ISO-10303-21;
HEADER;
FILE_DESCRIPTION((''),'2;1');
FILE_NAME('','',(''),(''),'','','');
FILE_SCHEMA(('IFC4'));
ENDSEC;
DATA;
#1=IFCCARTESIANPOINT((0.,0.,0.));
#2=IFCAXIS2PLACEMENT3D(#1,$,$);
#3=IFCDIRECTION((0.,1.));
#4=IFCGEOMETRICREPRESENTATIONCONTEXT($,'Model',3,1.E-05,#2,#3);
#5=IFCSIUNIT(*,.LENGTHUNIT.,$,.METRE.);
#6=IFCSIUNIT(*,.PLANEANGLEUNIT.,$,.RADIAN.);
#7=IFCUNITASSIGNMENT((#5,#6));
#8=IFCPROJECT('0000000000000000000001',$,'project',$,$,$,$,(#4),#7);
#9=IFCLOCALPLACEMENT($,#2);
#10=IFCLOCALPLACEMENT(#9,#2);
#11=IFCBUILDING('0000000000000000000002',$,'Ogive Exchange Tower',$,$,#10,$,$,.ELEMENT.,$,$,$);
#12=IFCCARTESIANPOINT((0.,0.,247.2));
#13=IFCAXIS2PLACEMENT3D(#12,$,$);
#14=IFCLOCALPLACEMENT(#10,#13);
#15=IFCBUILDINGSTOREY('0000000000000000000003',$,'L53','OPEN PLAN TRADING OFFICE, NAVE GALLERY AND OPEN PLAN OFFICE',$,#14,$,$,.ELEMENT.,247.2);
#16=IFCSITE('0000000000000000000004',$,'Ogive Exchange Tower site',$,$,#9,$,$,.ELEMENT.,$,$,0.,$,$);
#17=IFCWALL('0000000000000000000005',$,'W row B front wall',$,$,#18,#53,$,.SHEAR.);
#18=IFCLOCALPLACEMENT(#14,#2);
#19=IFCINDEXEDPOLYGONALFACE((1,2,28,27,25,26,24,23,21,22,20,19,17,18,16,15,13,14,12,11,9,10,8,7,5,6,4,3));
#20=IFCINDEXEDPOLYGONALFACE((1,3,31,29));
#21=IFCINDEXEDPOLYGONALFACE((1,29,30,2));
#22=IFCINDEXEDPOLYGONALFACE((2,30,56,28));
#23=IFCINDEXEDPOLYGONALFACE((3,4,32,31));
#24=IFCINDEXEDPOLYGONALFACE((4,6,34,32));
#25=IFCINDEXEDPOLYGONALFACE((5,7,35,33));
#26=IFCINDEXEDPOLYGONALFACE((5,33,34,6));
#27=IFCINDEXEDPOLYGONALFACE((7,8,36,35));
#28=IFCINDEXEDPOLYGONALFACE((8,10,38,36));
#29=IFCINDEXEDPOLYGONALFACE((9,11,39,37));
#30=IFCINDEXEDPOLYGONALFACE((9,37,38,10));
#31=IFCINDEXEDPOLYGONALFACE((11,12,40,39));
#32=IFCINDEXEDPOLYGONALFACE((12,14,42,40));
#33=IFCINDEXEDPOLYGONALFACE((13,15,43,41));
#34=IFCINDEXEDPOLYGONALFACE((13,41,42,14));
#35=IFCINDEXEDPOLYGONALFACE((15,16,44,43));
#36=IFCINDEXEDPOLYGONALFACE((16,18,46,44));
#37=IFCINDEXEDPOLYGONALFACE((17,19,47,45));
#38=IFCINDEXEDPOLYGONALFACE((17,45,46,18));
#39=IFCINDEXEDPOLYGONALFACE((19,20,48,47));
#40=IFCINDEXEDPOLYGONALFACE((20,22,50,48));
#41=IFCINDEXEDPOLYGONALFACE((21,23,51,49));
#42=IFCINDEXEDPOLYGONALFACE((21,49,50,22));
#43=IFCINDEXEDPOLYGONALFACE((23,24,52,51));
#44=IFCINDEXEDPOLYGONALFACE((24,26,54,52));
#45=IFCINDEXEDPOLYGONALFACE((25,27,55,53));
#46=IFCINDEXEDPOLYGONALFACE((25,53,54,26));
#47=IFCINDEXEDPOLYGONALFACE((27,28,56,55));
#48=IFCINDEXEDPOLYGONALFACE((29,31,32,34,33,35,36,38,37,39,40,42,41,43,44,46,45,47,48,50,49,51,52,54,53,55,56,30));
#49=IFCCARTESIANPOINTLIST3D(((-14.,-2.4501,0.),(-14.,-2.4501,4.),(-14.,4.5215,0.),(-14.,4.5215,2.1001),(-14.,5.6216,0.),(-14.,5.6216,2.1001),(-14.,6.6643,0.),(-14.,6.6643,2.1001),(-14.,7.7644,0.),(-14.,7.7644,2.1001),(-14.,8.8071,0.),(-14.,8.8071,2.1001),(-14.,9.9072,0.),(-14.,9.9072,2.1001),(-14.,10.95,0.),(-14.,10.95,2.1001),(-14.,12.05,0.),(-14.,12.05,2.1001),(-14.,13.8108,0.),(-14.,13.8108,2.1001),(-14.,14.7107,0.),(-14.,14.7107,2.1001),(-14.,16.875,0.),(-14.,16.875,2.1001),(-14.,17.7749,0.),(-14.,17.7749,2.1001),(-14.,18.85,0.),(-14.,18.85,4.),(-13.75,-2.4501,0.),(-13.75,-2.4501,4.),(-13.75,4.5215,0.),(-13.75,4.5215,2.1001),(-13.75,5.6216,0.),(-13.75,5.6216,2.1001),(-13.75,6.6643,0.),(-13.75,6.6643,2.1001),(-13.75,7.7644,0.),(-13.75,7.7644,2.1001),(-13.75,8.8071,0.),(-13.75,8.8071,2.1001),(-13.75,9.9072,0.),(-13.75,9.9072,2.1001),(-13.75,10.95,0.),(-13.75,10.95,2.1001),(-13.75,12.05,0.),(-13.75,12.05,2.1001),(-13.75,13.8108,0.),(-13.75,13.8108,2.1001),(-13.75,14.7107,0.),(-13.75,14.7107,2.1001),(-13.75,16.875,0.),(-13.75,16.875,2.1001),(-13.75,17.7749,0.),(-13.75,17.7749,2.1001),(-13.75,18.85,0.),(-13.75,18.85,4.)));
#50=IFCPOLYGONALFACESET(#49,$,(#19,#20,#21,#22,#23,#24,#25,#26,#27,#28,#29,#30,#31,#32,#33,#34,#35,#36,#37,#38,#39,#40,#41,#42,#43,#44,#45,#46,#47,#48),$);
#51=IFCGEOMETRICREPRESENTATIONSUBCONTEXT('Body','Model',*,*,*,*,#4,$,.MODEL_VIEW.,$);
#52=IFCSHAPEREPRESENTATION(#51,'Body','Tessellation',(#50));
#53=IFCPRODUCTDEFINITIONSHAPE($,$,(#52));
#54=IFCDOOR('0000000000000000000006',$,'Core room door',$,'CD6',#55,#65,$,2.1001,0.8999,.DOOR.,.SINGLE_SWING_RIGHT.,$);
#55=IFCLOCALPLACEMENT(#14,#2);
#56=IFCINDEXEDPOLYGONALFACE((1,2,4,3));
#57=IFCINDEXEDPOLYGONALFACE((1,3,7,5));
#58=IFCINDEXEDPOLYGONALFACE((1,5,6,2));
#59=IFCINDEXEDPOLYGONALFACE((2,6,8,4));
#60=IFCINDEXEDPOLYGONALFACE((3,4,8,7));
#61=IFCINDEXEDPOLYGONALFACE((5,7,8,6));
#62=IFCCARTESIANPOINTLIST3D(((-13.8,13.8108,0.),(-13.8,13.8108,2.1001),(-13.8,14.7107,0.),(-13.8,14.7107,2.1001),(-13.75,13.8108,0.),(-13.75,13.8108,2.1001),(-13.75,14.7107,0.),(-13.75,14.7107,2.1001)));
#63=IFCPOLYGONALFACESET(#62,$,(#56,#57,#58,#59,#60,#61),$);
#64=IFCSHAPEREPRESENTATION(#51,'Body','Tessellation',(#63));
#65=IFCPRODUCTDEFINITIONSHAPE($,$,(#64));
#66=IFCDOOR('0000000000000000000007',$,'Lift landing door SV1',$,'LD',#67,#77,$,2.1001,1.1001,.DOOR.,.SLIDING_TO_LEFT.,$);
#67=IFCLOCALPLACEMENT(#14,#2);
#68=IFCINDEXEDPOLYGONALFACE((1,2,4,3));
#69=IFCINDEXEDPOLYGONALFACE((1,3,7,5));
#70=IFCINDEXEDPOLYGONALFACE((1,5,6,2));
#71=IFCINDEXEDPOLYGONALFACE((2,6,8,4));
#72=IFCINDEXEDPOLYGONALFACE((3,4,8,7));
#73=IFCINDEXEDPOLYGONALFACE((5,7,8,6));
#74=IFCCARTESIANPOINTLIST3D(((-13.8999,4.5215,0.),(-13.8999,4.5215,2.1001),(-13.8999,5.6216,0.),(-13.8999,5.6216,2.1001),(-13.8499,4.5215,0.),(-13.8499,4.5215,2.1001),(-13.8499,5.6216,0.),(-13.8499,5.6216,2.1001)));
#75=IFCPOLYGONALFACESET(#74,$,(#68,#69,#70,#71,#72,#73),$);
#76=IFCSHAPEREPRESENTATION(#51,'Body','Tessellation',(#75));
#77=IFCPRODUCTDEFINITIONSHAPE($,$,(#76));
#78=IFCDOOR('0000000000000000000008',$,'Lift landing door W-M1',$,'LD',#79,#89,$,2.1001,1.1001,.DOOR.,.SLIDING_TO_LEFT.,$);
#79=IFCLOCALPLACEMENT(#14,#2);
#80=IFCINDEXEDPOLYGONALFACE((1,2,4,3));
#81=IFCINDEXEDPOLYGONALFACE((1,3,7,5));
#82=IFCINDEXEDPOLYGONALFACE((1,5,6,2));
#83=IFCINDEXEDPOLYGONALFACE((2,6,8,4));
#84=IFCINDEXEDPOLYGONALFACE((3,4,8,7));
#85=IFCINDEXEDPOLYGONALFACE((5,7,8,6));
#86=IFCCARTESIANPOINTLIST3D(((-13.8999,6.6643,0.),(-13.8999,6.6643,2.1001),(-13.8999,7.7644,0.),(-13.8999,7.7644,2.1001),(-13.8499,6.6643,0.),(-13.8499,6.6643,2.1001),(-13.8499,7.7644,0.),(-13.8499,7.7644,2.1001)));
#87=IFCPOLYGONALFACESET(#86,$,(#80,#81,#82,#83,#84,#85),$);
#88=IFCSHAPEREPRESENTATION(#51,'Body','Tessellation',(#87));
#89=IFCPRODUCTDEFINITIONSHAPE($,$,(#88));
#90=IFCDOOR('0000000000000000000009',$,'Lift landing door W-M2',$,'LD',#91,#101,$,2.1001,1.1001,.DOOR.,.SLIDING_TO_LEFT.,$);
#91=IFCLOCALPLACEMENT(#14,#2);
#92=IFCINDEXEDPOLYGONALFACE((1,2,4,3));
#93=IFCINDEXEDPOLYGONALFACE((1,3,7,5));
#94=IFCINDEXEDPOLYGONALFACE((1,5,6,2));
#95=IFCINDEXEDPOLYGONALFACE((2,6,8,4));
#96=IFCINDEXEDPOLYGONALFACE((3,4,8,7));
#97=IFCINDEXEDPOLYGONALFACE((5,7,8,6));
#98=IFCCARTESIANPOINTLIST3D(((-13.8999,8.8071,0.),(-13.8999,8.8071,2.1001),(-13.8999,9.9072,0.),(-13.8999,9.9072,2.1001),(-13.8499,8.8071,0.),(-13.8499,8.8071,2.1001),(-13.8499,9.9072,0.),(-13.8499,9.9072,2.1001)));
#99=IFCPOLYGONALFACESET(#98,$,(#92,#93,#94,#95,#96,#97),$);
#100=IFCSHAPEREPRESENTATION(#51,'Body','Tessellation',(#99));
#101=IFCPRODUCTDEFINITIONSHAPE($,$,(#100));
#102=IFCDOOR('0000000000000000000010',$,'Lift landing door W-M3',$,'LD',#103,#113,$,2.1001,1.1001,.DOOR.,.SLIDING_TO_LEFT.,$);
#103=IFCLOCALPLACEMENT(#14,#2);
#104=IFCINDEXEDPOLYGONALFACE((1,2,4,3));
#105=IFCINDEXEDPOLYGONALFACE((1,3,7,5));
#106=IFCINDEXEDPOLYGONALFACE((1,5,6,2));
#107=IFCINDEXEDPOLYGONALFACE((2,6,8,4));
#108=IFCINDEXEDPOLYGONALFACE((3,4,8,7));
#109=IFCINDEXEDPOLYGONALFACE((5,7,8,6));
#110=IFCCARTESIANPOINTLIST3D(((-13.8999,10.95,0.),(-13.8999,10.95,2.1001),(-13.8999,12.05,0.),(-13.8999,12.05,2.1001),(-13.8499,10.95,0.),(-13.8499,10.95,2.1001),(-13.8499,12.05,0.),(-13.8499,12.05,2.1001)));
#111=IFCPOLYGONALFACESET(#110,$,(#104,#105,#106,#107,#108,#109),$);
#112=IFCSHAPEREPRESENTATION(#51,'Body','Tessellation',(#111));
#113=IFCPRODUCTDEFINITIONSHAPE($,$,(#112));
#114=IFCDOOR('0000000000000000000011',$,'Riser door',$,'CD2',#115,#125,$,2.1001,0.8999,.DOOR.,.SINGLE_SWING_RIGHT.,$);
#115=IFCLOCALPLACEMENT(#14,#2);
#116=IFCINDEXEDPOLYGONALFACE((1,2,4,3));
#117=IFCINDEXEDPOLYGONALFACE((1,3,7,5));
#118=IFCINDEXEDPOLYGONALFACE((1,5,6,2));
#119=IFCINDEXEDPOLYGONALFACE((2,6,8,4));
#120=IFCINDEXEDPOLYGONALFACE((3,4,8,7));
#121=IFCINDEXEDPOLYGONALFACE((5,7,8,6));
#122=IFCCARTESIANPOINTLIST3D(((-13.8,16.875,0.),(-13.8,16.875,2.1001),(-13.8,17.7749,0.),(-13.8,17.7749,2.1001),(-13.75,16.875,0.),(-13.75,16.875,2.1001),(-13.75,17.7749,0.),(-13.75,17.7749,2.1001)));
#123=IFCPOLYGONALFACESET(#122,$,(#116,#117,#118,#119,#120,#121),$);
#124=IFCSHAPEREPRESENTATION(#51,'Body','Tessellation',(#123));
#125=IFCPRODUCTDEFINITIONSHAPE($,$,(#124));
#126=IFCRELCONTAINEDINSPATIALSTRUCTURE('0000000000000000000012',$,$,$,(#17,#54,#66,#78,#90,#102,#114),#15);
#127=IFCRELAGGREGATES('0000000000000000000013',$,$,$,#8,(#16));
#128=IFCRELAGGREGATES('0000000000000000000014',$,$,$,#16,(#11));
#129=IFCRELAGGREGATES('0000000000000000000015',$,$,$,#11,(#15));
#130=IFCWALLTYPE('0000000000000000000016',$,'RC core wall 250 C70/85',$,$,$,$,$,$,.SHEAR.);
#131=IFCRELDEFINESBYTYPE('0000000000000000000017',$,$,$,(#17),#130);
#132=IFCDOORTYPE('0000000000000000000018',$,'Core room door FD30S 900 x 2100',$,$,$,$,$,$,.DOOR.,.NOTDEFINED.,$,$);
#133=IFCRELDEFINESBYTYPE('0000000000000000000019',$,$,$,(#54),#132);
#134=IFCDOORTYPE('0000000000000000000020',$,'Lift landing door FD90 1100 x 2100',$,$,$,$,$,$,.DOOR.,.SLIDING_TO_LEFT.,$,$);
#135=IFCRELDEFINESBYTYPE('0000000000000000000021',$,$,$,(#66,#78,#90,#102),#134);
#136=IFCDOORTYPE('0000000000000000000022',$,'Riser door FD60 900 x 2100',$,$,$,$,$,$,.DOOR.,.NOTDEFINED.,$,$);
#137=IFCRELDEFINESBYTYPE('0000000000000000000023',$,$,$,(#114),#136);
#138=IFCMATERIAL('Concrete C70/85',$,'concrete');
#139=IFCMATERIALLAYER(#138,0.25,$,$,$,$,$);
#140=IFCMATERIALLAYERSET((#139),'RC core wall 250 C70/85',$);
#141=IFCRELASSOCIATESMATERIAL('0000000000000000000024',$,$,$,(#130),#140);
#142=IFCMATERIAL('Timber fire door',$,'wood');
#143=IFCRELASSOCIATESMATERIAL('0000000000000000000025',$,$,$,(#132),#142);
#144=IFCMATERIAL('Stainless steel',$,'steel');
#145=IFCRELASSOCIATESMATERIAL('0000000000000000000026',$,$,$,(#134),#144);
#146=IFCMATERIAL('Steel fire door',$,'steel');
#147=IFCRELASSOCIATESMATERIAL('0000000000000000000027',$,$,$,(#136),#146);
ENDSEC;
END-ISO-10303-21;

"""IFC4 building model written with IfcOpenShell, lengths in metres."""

from ifc_helpers import new_model, si_unit, direction, frame, frame_2d, origin, place, context, subcontext, project, spatial, rectangle, extrude, material, layer, layer_set, type_object, element, fill, save


model = new_model("IFC4")

# Units and contexts
model_context = context("Model", 3, precision=1e-05, world=origin(), true_north=direction((0.0, 1.0)))
body_context = subcontext(model_context, "Body", "Model", "MODEL_VIEW")
ifc_project = project(units=[si_unit("LENGTHUNIT", "METRE"), si_unit("PLANEANGLEUNIT", "RADIAN")], contexts=[model_context])

# Site, building, storey
site_placement = place(None, origin())
site = spatial("IfcSite", under=ifc_project, at=site_placement, Name="Ogive Exchange Tower site", CompositionType="ELEMENT", RefElevation=0.0)
building_placement = place(site_placement, origin())
building = spatial("IfcBuilding", under=site, at=building_placement, Name="Ogive Exchange Tower", CompositionType="ELEMENT")
storey_placement = place(building_placement, frame((0.0, 0.0, 247.2)))
storey = spatial("IfcBuildingStorey", under=building, at=storey_placement, Name="L53", Description="OPEN PLAN TRADING OFFICE, NAVE GALLERY AND OPEN PLAN OFFICE", CompositionType="ELEMENT", Elevation=247.2)

# Shared definitions
ifc_material_1 = material(Name="Concrete C70/85", Category="concrete")
ifc_layer_1 = layer(ifc_material_1, 0.25)
ifc_layer_set_1 = layer_set([ifc_layer_1], Name="RC core wall 250 C70/85")
wall_type_1 = type_object("IfcWallType", Name="RC core wall 250 C70/85", PredefinedType="SHEAR", material=ifc_layer_set_1)
ifc_material_2 = material(Name="Steel fire door", Category="steel")

# Wall, openings, doors
wall_1_placement = place(storey_placement, frame((-13.875, -2.45, 0.0), z_axis=(0.0, 0.0, 1.0), x_axis=(0.0, 1.0, 0.0)))
wall_1 = element("IfcWall", 1, at=wall_1_placement, inside=storey, type_object=wall_type_1, Name="W row B front wall", PredefinedType="SHEAR", context=body_context, shape_type="SweptSolid", body=[
    extrude(rectangle(XDim=21.3, YDim=0.25, at=frame_2d((10.6499, 0.0))), origin(), (0.0, 0.0, 1.0), 4.0),
])
opening_1_placement = place(wall_1_placement, frame((16.2607, 0.0, 0.0)))
opening_1 = element("IfcOpeningElement", 2, at=opening_1_placement, cuts=wall_1, PredefinedType="OPENING", context=body_context, shape_type="SweptSolid", body=[
    extrude(rectangle(XDim=0.8999, YDim=2.1001, at=frame_2d((0.45, 1.05))), frame((0.0, 0.135, 0.0), z_axis=(0.0, -1.0, 0.0), x_axis=(1.0, 0.0, 0.0)), (0.0, 0.0, 1.0), 0.27),
])
opening_2_placement = place(wall_1_placement, frame((19.325, 0.0, 0.0)))
opening_2 = element("IfcOpeningElement", 3, at=opening_2_placement, cuts=wall_1, PredefinedType="OPENING", context=body_context, shape_type="SweptSolid", body=[
    extrude(rectangle(XDim=0.8999, YDim=2.1001, at=frame_2d((0.45, 1.05))), frame((0.0, 0.135, 0.0), z_axis=(0.0, -1.0, 0.0), x_axis=(1.0, 0.0, 0.0)), (0.0, 0.0, 1.0), 0.27),
])
opening_3_placement = place(wall_1_placement, frame((6.9714, 0.0, 0.0)))
opening_3 = element("IfcOpeningElement", 4, at=opening_3_placement, cuts=wall_1, PredefinedType="OPENING", context=body_context, shape_type="SweptSolid", body=[
    extrude(rectangle(XDim=1.1001, YDim=2.1001, at=frame_2d((0.55, 1.05))), frame((0.0, 0.135, 0.0), z_axis=(0.0, -1.0, 0.0), x_axis=(1.0, 0.0, 0.0)), (0.0, 0.0, 1.0), 0.27),
])
opening_4_placement = place(wall_1_placement, frame((9.1143, 0.0, 0.0)))
opening_4 = element("IfcOpeningElement", 5, at=opening_4_placement, cuts=wall_1, PredefinedType="OPENING", context=body_context, shape_type="SweptSolid", body=[
    extrude(rectangle(XDim=1.1001, YDim=2.1001, at=frame_2d((0.55, 1.05))), frame((0.0, 0.135, 0.0), z_axis=(0.0, -1.0, 0.0), x_axis=(1.0, 0.0, 0.0)), (0.0, 0.0, 1.0), 0.27),
])
opening_5_placement = place(wall_1_placement, frame((11.2571, 0.0, 0.0)))
opening_5 = element("IfcOpeningElement", 6, at=opening_5_placement, cuts=wall_1, PredefinedType="OPENING", context=body_context, shape_type="SweptSolid", body=[
    extrude(rectangle(XDim=1.1001, YDim=2.1001, at=frame_2d((0.55, 1.05))), frame((0.0, 0.135, 0.0), z_axis=(0.0, -1.0, 0.0), x_axis=(1.0, 0.0, 0.0)), (0.0, 0.0, 1.0), 0.27),
])
opening_6_placement = place(wall_1_placement, frame((13.3999, 0.0, 0.0)))
opening_6 = element("IfcOpeningElement", 7, at=opening_6_placement, cuts=wall_1, PredefinedType="OPENING", context=body_context, shape_type="SweptSolid", body=[
    extrude(rectangle(XDim=1.1001, YDim=2.1001, at=frame_2d((0.55, 1.05))), frame((0.0, 0.135, 0.0), z_axis=(0.0, -1.0, 0.0), x_axis=(1.0, 0.0, 0.0)), (0.0, 0.0, 1.0), 0.27),
])
ifc_material_3 = material(Name="Timber fire door", Category="wood")
door_type_1 = type_object("IfcDoorType", Name="Core room door FD30S 900 x 2100", OperationType="NOTDEFINED", PredefinedType="DOOR", material=ifc_material_3)
door_1_placement = place(opening_1_placement, frame((0.8999, -0.2002, 0.0), z_axis=(0.0, 0.0, 1.0), x_axis=(-1.0, 0.0, 0.0)))
door_1 = element("IfcDoor", 8, at=door_1_placement, inside=storey, type_object=door_type_1, Name="Core room door", ObjectType="CD6", OperationType="SINGLE_SWING_RIGHT", OverallHeight=2.1001, OverallWidth=0.8999, PredefinedType="DOOR", context=body_context, shape_type="SweptSolid", body=[
    extrude(rectangle(XDim=0.8999, YDim=2.1001, at=frame_2d((0.45, 1.05))), frame((0.0, -0.0752, 0.0), z_axis=(0.0, -1.0, 0.0), x_axis=(1.0, 0.0, 0.0)), (0.0, 0.0, 1.0), 0.05),
])
fill(opening_1, door_1)
ifc_material_4 = material(Name="Stainless steel", Category="steel")
door_type_2 = type_object("IfcDoorType", Name="Lift landing door FD90 1100 x 2100", OperationType="SLIDING_TO_LEFT", PredefinedType="DOOR", material=ifc_material_4)
door_2_placement = place(opening_3_placement, origin())
door_2 = element("IfcDoor", 9, at=door_2_placement, inside=storey, type_object=door_type_2, Name="Lift landing door SV1", ObjectType="LD", OperationType="SLIDING_TO_LEFT", OverallHeight=2.1001, OverallWidth=1.1001, PredefinedType="DOOR", context=body_context, shape_type="SweptSolid", body=[
    extrude(rectangle(XDim=1.1001, YDim=2.1001, at=frame_2d((0.55, 1.05))), frame((0.0, 0.0249, 0.0), z_axis=(0.0, -1.0, 0.0), x_axis=(1.0, 0.0, 0.0)), (0.0, 0.0, 1.0), 0.05),
])
fill(opening_3, door_2)
door_3_placement = place(opening_4_placement, origin())
door_3 = element("IfcDoor", 10, at=door_3_placement, inside=storey, type_object=door_type_2, Name="Lift landing door W-M1", ObjectType="LD", OperationType="SLIDING_TO_LEFT", OverallHeight=2.1001, OverallWidth=1.1001, PredefinedType="DOOR", context=body_context, shape_type="SweptSolid", body=[
    extrude(rectangle(XDim=1.1001, YDim=2.1001, at=frame_2d((0.55, 1.05))), frame((0.0, 0.0249, 0.0), z_axis=(0.0, -1.0, 0.0), x_axis=(1.0, 0.0, 0.0)), (0.0, 0.0, 1.0), 0.05),
])
fill(opening_4, door_3)
door_4_placement = place(opening_5_placement, origin())
door_4 = element("IfcDoor", 11, at=door_4_placement, inside=storey, type_object=door_type_2, Name="Lift landing door W-M2", ObjectType="LD", OperationType="SLIDING_TO_LEFT", OverallHeight=2.1001, OverallWidth=1.1001, PredefinedType="DOOR", context=body_context, shape_type="SweptSolid", body=[
    extrude(rectangle(XDim=1.1001, YDim=2.1001, at=frame_2d((0.55, 1.05))), frame((0.0, 0.0249, 0.0), z_axis=(0.0, -1.0, 0.0), x_axis=(1.0, 0.0, 0.0)), (0.0, 0.0, 1.0), 0.05),
])
fill(opening_5, door_4)
door_5_placement = place(opening_6_placement, origin())
door_5 = element("IfcDoor", 12, at=door_5_placement, inside=storey, type_object=door_type_2, Name="Lift landing door W-M3", ObjectType="LD", OperationType="SLIDING_TO_LEFT", OverallHeight=2.1001, OverallWidth=1.1001, PredefinedType="DOOR", context=body_context, shape_type="SweptSolid", body=[
    extrude(rectangle(XDim=1.1001, YDim=2.1001, at=frame_2d((0.55, 1.05))), frame((0.0, 0.0249, 0.0), z_axis=(0.0, -1.0, 0.0), x_axis=(1.0, 0.0, 0.0)), (0.0, 0.0, 1.0), 0.05),
])
fill(opening_6, door_5)
door_type_3 = type_object("IfcDoorType", Name="Riser door FD60 900 x 2100", OperationType="NOTDEFINED", PredefinedType="DOOR", material=ifc_material_2)
door_6_placement = place(opening_2_placement, frame((0.8999, -0.2002, 0.0), z_axis=(0.0, 0.0, 1.0), x_axis=(-1.0, 0.0, 0.0)))
door_6 = element("IfcDoor", 13, at=door_6_placement, inside=storey, type_object=door_type_3, Name="Riser door", ObjectType="CD2", OperationType="SINGLE_SWING_RIGHT", OverallHeight=2.1001, OverallWidth=0.8999, PredefinedType="DOOR", context=body_context, shape_type="SweptSolid", body=[
    extrude(rectangle(XDim=0.8999, YDim=2.1001, at=frame_2d((0.45, 1.05))), frame((0.0, -0.0752, 0.0), z_axis=(0.0, -1.0, 0.0), x_axis=(1.0, 0.0, 0.0)), (0.0, 0.0, 1.0), 0.05),
])
fill(opening_2, door_6)

save(model, "model.ifc")
